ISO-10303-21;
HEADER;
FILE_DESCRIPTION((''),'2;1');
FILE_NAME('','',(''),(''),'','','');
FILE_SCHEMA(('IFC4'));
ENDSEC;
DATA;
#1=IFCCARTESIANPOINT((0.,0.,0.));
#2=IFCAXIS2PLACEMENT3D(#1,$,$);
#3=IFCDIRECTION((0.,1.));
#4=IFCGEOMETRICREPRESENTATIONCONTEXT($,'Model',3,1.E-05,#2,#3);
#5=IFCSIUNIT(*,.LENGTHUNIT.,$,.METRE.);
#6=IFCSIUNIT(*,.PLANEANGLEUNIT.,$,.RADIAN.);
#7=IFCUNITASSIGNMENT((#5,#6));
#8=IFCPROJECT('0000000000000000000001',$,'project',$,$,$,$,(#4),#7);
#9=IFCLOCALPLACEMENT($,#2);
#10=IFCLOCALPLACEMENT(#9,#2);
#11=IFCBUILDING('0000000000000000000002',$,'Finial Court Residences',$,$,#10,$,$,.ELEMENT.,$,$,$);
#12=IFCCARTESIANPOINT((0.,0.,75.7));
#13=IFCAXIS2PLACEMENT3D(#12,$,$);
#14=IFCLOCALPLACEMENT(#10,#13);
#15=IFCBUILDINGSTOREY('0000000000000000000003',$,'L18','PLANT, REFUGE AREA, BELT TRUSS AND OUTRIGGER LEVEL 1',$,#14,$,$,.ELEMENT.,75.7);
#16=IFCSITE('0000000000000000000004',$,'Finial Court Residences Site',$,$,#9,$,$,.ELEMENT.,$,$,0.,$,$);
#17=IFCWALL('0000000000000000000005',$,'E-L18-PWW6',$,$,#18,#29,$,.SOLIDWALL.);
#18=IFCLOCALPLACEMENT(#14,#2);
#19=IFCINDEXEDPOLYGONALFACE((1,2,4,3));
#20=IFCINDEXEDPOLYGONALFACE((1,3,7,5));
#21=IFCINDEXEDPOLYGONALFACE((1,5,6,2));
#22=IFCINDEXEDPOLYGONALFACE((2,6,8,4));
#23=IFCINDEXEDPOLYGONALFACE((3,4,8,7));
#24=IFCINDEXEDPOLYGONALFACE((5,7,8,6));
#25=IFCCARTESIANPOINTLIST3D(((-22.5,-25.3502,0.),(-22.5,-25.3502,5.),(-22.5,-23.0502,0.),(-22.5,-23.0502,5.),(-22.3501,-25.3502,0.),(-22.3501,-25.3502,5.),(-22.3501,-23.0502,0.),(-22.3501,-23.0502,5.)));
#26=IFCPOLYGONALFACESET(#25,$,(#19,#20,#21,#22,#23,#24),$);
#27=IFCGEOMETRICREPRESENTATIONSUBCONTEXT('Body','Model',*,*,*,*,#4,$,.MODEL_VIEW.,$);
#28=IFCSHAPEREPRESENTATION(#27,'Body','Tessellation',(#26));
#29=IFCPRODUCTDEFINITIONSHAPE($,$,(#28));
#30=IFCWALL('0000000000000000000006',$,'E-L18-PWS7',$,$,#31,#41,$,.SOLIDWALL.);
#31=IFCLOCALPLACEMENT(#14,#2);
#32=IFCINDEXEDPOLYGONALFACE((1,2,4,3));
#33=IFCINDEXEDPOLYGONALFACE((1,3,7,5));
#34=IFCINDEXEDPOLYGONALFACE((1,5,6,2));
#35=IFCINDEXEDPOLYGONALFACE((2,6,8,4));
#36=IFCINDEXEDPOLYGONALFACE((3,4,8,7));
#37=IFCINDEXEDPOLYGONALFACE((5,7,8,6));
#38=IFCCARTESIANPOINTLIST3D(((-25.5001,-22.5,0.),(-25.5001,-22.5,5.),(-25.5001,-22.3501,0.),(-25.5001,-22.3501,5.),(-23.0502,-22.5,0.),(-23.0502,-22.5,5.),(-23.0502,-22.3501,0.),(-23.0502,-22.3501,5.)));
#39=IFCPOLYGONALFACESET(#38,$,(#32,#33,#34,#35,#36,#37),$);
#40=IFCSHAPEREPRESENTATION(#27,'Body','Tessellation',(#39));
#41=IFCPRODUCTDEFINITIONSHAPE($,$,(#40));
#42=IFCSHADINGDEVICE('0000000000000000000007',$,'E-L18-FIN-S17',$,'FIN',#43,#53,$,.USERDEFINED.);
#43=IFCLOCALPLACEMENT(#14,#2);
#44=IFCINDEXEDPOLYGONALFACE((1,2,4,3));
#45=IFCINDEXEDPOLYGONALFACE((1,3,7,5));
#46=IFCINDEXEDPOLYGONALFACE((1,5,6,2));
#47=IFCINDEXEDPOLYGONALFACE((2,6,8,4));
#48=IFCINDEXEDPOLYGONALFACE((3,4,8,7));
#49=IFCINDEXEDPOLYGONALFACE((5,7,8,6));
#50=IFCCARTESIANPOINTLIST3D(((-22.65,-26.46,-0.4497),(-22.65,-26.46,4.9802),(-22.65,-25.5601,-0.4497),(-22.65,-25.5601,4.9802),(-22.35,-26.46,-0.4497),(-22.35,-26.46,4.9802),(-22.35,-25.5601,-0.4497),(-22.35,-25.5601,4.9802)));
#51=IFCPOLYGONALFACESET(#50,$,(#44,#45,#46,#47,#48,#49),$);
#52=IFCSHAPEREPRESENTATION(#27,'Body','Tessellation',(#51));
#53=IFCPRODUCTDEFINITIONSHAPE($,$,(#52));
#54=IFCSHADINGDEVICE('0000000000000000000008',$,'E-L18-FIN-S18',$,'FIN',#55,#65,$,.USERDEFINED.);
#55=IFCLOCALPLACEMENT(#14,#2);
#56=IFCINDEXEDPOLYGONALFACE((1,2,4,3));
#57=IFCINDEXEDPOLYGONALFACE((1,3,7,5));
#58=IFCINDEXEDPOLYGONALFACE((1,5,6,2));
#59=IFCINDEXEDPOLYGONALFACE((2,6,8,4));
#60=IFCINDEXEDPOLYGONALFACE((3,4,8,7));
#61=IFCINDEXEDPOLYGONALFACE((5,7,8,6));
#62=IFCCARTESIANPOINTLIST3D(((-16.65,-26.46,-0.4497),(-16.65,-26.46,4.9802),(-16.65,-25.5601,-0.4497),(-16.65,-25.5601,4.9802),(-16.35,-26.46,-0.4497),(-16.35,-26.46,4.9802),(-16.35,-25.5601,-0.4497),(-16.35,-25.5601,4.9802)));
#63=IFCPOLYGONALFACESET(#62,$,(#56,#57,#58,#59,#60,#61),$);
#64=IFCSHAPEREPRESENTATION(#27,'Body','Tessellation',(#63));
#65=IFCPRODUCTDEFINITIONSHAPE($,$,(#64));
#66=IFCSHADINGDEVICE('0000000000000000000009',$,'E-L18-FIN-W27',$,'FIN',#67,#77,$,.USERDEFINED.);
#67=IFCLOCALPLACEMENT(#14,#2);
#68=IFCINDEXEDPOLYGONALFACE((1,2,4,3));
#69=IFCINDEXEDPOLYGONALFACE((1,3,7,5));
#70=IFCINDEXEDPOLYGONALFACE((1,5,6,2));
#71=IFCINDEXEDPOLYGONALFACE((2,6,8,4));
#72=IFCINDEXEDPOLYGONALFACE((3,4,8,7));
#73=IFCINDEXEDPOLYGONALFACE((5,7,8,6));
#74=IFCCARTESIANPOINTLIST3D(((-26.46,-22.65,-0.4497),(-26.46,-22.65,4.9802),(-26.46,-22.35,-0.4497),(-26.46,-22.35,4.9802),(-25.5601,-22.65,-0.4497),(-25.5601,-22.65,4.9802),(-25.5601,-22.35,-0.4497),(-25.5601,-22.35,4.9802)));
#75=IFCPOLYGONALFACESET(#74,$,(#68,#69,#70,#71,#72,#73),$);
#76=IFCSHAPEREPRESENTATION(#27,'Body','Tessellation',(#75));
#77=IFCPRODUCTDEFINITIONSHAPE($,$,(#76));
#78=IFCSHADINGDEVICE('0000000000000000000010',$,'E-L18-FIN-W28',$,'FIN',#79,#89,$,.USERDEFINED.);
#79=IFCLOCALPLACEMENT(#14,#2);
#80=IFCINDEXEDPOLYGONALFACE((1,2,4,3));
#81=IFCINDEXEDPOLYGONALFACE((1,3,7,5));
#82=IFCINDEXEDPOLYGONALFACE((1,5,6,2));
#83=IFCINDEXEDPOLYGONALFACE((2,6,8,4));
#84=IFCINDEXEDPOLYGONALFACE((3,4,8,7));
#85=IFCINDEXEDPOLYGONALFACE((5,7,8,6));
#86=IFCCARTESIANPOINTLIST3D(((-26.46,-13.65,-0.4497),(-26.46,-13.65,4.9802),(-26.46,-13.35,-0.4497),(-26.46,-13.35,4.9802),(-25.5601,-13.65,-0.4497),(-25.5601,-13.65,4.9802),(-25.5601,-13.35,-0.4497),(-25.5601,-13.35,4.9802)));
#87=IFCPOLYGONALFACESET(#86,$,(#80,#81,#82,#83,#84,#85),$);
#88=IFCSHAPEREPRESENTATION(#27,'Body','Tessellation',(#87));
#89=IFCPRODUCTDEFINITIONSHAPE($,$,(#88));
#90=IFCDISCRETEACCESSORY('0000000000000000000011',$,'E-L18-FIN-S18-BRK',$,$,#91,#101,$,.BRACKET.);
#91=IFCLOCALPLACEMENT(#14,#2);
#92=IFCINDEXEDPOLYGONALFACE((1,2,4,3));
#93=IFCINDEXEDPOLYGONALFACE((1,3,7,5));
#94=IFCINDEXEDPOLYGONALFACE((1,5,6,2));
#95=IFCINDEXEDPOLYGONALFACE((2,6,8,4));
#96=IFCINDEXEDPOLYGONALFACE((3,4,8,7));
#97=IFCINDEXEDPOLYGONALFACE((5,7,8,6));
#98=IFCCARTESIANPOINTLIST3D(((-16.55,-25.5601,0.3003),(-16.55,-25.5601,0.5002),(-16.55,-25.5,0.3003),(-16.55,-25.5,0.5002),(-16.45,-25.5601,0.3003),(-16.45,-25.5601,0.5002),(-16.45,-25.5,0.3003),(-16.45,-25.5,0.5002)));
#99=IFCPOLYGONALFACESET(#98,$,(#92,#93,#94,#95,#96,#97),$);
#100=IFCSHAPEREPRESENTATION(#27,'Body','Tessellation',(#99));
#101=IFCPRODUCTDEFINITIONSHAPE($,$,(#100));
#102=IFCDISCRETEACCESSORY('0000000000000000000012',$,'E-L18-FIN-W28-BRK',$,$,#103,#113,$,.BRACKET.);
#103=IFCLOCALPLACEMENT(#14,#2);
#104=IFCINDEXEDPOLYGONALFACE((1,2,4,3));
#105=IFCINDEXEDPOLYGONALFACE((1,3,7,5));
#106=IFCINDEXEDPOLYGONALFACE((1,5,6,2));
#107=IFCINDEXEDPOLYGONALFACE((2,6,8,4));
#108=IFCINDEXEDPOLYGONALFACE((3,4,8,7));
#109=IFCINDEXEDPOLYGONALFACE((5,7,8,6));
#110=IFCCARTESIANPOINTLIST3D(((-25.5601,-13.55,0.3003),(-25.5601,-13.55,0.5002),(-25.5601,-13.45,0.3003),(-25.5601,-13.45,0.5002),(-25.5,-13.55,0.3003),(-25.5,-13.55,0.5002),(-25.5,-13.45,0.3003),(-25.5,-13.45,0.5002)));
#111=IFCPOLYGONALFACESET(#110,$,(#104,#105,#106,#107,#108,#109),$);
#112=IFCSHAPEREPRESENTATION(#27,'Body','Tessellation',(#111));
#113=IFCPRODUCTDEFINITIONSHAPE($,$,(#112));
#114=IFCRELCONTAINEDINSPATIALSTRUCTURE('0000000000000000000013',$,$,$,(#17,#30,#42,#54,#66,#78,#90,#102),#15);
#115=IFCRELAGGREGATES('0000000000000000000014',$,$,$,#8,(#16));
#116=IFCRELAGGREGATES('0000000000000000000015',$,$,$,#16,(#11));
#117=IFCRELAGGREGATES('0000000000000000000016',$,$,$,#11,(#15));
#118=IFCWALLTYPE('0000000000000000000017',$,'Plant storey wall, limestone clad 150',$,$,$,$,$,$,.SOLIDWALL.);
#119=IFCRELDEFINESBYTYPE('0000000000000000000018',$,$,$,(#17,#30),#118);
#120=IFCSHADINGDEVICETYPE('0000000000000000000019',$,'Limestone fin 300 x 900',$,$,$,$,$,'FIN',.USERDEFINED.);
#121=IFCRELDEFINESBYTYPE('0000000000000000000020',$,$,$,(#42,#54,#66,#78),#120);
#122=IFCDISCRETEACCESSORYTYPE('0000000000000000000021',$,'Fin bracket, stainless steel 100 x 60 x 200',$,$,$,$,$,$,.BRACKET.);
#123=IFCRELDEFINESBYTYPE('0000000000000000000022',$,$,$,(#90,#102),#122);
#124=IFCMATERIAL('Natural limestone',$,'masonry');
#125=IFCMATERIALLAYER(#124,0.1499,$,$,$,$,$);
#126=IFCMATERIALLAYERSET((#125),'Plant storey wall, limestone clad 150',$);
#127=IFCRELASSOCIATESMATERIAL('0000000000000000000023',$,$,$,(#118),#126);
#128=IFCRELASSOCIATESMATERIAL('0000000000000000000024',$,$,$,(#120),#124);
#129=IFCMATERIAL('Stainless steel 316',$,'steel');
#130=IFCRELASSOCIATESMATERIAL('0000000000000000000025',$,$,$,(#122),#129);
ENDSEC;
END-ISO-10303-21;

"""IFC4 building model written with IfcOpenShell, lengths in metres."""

from ifc_helpers import new_model, si_unit, direction, frame, frame_2d, origin, origin_2d, place, context, subcontext, project, spatial, rectangle, extrude, material, layer, layer_set, type_object, element, save


model = new_model("IFC4")

# Units and contexts
model_context = context("Model", 3, precision=1e-05, world=origin(), true_north=direction((0.0, 1.0)))
body_context = subcontext(model_context, "Body", "Model", "MODEL_VIEW")
ifc_project = project(units=[si_unit("LENGTHUNIT", "METRE"), si_unit("PLANEANGLEUNIT", "RADIAN")], contexts=[model_context])

# Site, building, storey
site_placement = place(None, origin())
site = spatial("IfcSite", under=ifc_project, at=site_placement, Name="Finial Court Residences Site", CompositionType="ELEMENT", RefElevation=0.0)
building_placement = place(site_placement, origin())
building = spatial("IfcBuilding", under=site, at=building_placement, Name="Finial Court Residences", CompositionType="ELEMENT")
storey_placement = place(building_placement, frame((0.0, 0.0, 75.7)))
storey = spatial("IfcBuildingStorey", under=building, at=storey_placement, Name="L18", Description="PLANT, REFUGE AREA, BELT TRUSS AND OUTRIGGER LEVEL 1", CompositionType="ELEMENT", Elevation=75.7)

# Shared definitions
ifc_material_1 = material(Name="Natural limestone", Category="masonry")
ifc_layer = layer(ifc_material_1, 0.1499)
ifc_layer_set = layer_set([ifc_layer], Name="Plant storey wall, limestone clad 150")
wall_type = type_object("IfcWallType", Name="Plant storey wall, limestone clad 150", PredefinedType="SOLIDWALL", material=ifc_layer_set)

# Walls
wall_1_placement = place(storey_placement, frame((-22.425, -25.3501, 0.0), z_axis=(0.0, 0.0, 1.0), x_axis=(0.0, 1.0, 0.0)))
element("IfcWall", 1, at=wall_1_placement, inside=storey, type_object=wall_type, Name="E-L18-PWW6", PredefinedType="SOLIDWALL", context=body_context, shape_type="SweptSolid", body=[
    extrude(rectangle(XDim=2.3, YDim=0.1499, at=frame_2d((1.1499, 0.0))), origin(), (0.0, 0.0, 1.0), 5.0),
])
wall_2_placement = place(storey_placement, frame((-23.05, -22.425, 0.0), z_axis=(0.0, 0.0, 1.0), x_axis=(-1.0, 0.0, 0.0)))
element("IfcWall", 2, at=wall_2_placement, inside=storey, type_object=wall_type, Name="E-L18-PWS7", PredefinedType="SOLIDWALL", context=body_context, shape_type="SweptSolid", body=[
    extrude(rectangle(XDim=2.45, YDim=0.1499, at=frame_2d((1.2251, 0.0))), origin(), (0.0, 0.0, 1.0), 5.0),
])

# Shading devices
shading_device_type = type_object("IfcShadingDeviceType", Name="Limestone fin 300 x 900", ElementType="FIN", PredefinedType="USERDEFINED", material=ifc_material_1)
for number, where, z_axis, x_axis, name in (
    (3, (-22.5, -26.01, -0.4497), (0.0, 0.0, 1.0), (1.0, 0.0, 0.0), "E-L18-FIN-S17"),
    (4, (-16.5, -26.01, -0.4497), (0.0, 0.0, 1.0), (1.0, 0.0, 0.0), "E-L18-FIN-S18"),
):
    element("IfcShadingDevice", number, at=place(storey_placement, frame(where, z_axis=z_axis, x_axis=x_axis)), inside=storey, type_object=shading_device_type, Name=name, ObjectType="FIN", PredefinedType="USERDEFINED", context=body_context, shape_type="SweptSolid", body=[
        extrude(rectangle(XDim=0.3, YDim=0.8999, at=origin_2d()), origin(), (0.0, 0.0, 1.0), 5.4299),
    ])
for number, where, z_axis, x_axis, name in (
    (5, (-26.01, -22.5, -0.4497), (0.0, 0.0, 1.0), (1.0, 0.0, 0.0), "E-L18-FIN-W27"),
    (6, (-26.01, -13.5, -0.4497), (0.0, 0.0, 1.0), (1.0, 0.0, 0.0), "E-L18-FIN-W28"),
):
    element("IfcShadingDevice", number, at=place(storey_placement, frame(where, z_axis=z_axis, x_axis=x_axis)), inside=storey, type_object=shading_device_type, Name=name, ObjectType="FIN", PredefinedType="USERDEFINED", context=body_context, shape_type="SweptSolid", body=[
        extrude(rectangle(XDim=0.8999, YDim=0.3, at=origin_2d()), origin(), (0.0, 0.0, 1.0), 5.4299),
    ])

# Discrete accessories
ifc_material_2 = material(Name="Stainless steel 316", Category="steel")
discrete_accessory_type = type_object("IfcDiscreteAccessoryType", Name="Fin bracket, stainless steel 100 x 60 x 200", PredefinedType="BRACKET", material=ifc_material_2)
discrete_accessory_1_placement = place(storey_placement, frame((-16.5, -25.53, 0.3003), z_axis=(0.0, 0.0, 1.0), x_axis=(1.0, 0.0, 0.0)))
element("IfcDiscreteAccessory", 7, at=discrete_accessory_1_placement, inside=storey, type_object=discrete_accessory_type, Name="E-L18-FIN-S18-BRK", PredefinedType="BRACKET", context=body_context, shape_type="SweptSolid", body=[
    extrude(rectangle(XDim=0.1001, YDim=0.0601, at=origin_2d()), origin(), (0.0, 0.0, 1.0), 0.2),
])
discrete_accessory_2_placement = place(storey_placement, frame((-25.53, -13.5, 0.3003), z_axis=(0.0, 0.0, 1.0), x_axis=(1.0, 0.0, 0.0)))
element("IfcDiscreteAccessory", 8, at=discrete_accessory_2_placement, inside=storey, type_object=discrete_accessory_type, Name="E-L18-FIN-W28-BRK", PredefinedType="BRACKET", context=body_context, shape_type="SweptSolid", body=[
    extrude(rectangle(XDim=0.0601, YDim=0.1001, at=origin_2d()), origin(), (0.0, 0.0, 1.0), 0.2),
])

save(model, "model.ifc")
